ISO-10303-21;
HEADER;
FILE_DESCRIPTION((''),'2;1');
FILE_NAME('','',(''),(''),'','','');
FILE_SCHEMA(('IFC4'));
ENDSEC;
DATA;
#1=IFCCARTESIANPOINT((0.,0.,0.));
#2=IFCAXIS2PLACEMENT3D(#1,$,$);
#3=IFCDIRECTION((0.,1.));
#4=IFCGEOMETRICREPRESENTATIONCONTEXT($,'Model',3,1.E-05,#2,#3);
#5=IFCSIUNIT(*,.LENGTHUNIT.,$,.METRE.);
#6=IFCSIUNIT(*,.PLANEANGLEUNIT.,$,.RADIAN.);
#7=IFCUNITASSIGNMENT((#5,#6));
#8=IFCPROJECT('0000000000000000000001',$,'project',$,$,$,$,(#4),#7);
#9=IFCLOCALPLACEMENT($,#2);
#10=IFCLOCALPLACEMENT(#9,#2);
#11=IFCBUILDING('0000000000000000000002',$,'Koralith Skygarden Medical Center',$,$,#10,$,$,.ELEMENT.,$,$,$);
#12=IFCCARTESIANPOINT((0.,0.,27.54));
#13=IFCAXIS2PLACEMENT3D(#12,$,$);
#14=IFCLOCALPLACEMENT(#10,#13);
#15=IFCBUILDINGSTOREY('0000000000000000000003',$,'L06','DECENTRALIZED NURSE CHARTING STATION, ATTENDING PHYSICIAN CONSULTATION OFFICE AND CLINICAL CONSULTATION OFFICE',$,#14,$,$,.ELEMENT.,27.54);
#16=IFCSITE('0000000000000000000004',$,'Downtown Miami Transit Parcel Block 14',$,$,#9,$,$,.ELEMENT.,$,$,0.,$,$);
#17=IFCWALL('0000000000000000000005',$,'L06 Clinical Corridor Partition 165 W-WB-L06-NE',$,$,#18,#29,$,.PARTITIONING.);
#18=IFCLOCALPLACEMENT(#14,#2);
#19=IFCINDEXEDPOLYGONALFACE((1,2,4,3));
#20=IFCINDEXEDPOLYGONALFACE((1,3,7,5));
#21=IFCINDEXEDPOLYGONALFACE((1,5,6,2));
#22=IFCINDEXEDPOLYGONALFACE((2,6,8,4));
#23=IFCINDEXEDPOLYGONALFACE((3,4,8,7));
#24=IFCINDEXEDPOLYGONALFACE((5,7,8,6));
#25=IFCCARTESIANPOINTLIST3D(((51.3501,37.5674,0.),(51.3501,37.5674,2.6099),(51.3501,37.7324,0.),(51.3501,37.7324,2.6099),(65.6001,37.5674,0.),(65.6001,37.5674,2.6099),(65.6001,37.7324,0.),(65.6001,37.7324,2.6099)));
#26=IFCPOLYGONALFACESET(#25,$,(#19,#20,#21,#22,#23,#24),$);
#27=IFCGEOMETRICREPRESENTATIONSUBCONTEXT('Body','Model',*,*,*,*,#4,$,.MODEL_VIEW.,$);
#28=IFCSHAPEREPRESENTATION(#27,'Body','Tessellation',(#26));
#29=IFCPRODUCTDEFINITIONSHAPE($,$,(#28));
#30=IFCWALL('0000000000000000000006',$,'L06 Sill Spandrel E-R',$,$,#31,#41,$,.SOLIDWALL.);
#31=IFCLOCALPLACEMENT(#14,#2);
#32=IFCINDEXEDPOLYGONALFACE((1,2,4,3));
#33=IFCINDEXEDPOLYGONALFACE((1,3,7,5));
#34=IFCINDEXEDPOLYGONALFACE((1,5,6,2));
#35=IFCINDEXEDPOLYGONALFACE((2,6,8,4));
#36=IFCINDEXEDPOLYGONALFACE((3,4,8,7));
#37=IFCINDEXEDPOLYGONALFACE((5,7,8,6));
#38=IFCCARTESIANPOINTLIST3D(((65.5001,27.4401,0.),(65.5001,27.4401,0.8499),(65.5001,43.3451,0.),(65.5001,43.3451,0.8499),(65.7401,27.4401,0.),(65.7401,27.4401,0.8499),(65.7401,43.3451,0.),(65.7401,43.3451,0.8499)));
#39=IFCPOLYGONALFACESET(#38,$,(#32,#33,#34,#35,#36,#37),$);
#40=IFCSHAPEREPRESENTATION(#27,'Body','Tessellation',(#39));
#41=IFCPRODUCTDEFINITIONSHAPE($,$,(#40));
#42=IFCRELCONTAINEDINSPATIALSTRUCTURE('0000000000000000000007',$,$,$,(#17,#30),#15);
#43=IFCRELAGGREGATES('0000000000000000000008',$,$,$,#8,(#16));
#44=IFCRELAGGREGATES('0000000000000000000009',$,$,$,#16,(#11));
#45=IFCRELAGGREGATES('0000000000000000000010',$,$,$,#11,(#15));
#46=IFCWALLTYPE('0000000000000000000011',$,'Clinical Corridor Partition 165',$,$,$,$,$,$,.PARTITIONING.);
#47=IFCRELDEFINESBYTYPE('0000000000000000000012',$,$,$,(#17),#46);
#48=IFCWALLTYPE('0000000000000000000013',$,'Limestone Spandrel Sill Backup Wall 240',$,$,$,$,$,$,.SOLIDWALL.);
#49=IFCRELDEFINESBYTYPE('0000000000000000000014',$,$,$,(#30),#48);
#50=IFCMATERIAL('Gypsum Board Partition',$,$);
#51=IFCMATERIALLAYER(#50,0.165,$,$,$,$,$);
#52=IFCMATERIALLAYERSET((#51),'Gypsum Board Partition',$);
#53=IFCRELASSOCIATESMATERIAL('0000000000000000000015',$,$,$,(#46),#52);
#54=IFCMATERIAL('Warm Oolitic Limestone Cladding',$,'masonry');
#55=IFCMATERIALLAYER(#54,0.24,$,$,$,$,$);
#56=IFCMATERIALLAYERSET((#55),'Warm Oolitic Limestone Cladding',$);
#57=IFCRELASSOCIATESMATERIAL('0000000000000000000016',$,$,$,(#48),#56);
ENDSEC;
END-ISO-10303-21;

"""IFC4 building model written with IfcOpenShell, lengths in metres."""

from ifc_helpers import new_model, si_unit, direction, frame, frame_2d, origin, place, context, subcontext, project, spatial, rectangle, extrude, material, layer, layer_set, type_object, element, save


model = new_model("IFC4")

# Units and contexts
model_context = context("Model", 3, precision=1e-05, world=origin(), true_north=direction((0.0, 1.0)))
body_context = subcontext(model_context, "Body", "Model", "MODEL_VIEW")
ifc_project = project(units=[si_unit("LENGTHUNIT", "METRE"), si_unit("PLANEANGLEUNIT", "RADIAN")], contexts=[model_context])

# Site, building, storey
site_placement = place(None, origin())
site = spatial("IfcSite", under=ifc_project, at=site_placement, Name="Downtown Miami Transit Parcel Block 14", CompositionType="ELEMENT", RefElevation=0.0)
building_placement = place(site_placement, origin())
building = spatial("IfcBuilding", under=site, at=building_placement, Name="Koralith Skygarden Medical Center", CompositionType="ELEMENT")
storey_placement = place(building_placement, frame((0.0, 0.0, 27.54)))
storey = spatial("IfcBuildingStorey", under=building, at=storey_placement, Name="L06", Description="DECENTRALIZED NURSE CHARTING STATION, ATTENDING PHYSICIAN CONSULTATION OFFICE AND CLINICAL CONSULTATION OFFICE", CompositionType="ELEMENT", Elevation=27.54)

# Wall
ifc_material_1 = material(Name="Gypsum Board Partition")
ifc_layer_1 = layer(ifc_material_1, 0.165)
ifc_layer_set_1 = layer_set([ifc_layer_1], Name="Gypsum Board Partition")
wall_type_1 = type_object("IfcWallType", Name="Clinical Corridor Partition 165", PredefinedType="PARTITIONING", material=ifc_layer_set_1)
wall_1_placement = place(storey_placement, frame((51.3501, 37.6499, 0.0), z_axis=(0.0, 0.0, 1.0), x_axis=(1.0, 0.0, 0.0)))
element("IfcWall", 1, at=wall_1_placement, inside=storey, type_object=wall_type_1, Name="L06 Clinical Corridor Partition 165 W-WB-L06-NE", PredefinedType="PARTITIONING", context=body_context, shape_type="SweptSolid", body=[
    extrude(rectangle(XDim=14.25, YDim=0.165, at=frame_2d((7.125, 0.0))), origin(), (0.0, 0.0, 1.0), 2.6099),
])

# Wall
ifc_material_2 = material(Name="Warm Oolitic Limestone Cladding", Category="masonry")
ifc_layer_2 = layer(ifc_material_2, 0.24)
ifc_layer_set_2 = layer_set([ifc_layer_2], Name="Warm Oolitic Limestone Cladding")
wall_type_2 = type_object("IfcWallType", Name="Limestone Spandrel Sill Backup Wall 240", PredefinedType="SOLIDWALL", material=ifc_layer_set_2)
wall_2_placement = place(storey_placement, frame((65.6201, 27.4399, 0.0), z_axis=(0.0, 0.0, 1.0), x_axis=(0.0, 1.0, 0.0)))
element("IfcWall", 2, at=wall_2_placement, inside=storey, type_object=wall_type_2, Name="L06 Sill Spandrel E-R", PredefinedType="SOLIDWALL", context=body_context, shape_type="SweptSolid", body=[
    extrude(rectangle(XDim=15.905, YDim=0.24, at=frame_2d((7.9526, 0.0))), origin(), (0.0, 0.0, 1.0), 0.8499),
])

save(model, "model.ifc")
